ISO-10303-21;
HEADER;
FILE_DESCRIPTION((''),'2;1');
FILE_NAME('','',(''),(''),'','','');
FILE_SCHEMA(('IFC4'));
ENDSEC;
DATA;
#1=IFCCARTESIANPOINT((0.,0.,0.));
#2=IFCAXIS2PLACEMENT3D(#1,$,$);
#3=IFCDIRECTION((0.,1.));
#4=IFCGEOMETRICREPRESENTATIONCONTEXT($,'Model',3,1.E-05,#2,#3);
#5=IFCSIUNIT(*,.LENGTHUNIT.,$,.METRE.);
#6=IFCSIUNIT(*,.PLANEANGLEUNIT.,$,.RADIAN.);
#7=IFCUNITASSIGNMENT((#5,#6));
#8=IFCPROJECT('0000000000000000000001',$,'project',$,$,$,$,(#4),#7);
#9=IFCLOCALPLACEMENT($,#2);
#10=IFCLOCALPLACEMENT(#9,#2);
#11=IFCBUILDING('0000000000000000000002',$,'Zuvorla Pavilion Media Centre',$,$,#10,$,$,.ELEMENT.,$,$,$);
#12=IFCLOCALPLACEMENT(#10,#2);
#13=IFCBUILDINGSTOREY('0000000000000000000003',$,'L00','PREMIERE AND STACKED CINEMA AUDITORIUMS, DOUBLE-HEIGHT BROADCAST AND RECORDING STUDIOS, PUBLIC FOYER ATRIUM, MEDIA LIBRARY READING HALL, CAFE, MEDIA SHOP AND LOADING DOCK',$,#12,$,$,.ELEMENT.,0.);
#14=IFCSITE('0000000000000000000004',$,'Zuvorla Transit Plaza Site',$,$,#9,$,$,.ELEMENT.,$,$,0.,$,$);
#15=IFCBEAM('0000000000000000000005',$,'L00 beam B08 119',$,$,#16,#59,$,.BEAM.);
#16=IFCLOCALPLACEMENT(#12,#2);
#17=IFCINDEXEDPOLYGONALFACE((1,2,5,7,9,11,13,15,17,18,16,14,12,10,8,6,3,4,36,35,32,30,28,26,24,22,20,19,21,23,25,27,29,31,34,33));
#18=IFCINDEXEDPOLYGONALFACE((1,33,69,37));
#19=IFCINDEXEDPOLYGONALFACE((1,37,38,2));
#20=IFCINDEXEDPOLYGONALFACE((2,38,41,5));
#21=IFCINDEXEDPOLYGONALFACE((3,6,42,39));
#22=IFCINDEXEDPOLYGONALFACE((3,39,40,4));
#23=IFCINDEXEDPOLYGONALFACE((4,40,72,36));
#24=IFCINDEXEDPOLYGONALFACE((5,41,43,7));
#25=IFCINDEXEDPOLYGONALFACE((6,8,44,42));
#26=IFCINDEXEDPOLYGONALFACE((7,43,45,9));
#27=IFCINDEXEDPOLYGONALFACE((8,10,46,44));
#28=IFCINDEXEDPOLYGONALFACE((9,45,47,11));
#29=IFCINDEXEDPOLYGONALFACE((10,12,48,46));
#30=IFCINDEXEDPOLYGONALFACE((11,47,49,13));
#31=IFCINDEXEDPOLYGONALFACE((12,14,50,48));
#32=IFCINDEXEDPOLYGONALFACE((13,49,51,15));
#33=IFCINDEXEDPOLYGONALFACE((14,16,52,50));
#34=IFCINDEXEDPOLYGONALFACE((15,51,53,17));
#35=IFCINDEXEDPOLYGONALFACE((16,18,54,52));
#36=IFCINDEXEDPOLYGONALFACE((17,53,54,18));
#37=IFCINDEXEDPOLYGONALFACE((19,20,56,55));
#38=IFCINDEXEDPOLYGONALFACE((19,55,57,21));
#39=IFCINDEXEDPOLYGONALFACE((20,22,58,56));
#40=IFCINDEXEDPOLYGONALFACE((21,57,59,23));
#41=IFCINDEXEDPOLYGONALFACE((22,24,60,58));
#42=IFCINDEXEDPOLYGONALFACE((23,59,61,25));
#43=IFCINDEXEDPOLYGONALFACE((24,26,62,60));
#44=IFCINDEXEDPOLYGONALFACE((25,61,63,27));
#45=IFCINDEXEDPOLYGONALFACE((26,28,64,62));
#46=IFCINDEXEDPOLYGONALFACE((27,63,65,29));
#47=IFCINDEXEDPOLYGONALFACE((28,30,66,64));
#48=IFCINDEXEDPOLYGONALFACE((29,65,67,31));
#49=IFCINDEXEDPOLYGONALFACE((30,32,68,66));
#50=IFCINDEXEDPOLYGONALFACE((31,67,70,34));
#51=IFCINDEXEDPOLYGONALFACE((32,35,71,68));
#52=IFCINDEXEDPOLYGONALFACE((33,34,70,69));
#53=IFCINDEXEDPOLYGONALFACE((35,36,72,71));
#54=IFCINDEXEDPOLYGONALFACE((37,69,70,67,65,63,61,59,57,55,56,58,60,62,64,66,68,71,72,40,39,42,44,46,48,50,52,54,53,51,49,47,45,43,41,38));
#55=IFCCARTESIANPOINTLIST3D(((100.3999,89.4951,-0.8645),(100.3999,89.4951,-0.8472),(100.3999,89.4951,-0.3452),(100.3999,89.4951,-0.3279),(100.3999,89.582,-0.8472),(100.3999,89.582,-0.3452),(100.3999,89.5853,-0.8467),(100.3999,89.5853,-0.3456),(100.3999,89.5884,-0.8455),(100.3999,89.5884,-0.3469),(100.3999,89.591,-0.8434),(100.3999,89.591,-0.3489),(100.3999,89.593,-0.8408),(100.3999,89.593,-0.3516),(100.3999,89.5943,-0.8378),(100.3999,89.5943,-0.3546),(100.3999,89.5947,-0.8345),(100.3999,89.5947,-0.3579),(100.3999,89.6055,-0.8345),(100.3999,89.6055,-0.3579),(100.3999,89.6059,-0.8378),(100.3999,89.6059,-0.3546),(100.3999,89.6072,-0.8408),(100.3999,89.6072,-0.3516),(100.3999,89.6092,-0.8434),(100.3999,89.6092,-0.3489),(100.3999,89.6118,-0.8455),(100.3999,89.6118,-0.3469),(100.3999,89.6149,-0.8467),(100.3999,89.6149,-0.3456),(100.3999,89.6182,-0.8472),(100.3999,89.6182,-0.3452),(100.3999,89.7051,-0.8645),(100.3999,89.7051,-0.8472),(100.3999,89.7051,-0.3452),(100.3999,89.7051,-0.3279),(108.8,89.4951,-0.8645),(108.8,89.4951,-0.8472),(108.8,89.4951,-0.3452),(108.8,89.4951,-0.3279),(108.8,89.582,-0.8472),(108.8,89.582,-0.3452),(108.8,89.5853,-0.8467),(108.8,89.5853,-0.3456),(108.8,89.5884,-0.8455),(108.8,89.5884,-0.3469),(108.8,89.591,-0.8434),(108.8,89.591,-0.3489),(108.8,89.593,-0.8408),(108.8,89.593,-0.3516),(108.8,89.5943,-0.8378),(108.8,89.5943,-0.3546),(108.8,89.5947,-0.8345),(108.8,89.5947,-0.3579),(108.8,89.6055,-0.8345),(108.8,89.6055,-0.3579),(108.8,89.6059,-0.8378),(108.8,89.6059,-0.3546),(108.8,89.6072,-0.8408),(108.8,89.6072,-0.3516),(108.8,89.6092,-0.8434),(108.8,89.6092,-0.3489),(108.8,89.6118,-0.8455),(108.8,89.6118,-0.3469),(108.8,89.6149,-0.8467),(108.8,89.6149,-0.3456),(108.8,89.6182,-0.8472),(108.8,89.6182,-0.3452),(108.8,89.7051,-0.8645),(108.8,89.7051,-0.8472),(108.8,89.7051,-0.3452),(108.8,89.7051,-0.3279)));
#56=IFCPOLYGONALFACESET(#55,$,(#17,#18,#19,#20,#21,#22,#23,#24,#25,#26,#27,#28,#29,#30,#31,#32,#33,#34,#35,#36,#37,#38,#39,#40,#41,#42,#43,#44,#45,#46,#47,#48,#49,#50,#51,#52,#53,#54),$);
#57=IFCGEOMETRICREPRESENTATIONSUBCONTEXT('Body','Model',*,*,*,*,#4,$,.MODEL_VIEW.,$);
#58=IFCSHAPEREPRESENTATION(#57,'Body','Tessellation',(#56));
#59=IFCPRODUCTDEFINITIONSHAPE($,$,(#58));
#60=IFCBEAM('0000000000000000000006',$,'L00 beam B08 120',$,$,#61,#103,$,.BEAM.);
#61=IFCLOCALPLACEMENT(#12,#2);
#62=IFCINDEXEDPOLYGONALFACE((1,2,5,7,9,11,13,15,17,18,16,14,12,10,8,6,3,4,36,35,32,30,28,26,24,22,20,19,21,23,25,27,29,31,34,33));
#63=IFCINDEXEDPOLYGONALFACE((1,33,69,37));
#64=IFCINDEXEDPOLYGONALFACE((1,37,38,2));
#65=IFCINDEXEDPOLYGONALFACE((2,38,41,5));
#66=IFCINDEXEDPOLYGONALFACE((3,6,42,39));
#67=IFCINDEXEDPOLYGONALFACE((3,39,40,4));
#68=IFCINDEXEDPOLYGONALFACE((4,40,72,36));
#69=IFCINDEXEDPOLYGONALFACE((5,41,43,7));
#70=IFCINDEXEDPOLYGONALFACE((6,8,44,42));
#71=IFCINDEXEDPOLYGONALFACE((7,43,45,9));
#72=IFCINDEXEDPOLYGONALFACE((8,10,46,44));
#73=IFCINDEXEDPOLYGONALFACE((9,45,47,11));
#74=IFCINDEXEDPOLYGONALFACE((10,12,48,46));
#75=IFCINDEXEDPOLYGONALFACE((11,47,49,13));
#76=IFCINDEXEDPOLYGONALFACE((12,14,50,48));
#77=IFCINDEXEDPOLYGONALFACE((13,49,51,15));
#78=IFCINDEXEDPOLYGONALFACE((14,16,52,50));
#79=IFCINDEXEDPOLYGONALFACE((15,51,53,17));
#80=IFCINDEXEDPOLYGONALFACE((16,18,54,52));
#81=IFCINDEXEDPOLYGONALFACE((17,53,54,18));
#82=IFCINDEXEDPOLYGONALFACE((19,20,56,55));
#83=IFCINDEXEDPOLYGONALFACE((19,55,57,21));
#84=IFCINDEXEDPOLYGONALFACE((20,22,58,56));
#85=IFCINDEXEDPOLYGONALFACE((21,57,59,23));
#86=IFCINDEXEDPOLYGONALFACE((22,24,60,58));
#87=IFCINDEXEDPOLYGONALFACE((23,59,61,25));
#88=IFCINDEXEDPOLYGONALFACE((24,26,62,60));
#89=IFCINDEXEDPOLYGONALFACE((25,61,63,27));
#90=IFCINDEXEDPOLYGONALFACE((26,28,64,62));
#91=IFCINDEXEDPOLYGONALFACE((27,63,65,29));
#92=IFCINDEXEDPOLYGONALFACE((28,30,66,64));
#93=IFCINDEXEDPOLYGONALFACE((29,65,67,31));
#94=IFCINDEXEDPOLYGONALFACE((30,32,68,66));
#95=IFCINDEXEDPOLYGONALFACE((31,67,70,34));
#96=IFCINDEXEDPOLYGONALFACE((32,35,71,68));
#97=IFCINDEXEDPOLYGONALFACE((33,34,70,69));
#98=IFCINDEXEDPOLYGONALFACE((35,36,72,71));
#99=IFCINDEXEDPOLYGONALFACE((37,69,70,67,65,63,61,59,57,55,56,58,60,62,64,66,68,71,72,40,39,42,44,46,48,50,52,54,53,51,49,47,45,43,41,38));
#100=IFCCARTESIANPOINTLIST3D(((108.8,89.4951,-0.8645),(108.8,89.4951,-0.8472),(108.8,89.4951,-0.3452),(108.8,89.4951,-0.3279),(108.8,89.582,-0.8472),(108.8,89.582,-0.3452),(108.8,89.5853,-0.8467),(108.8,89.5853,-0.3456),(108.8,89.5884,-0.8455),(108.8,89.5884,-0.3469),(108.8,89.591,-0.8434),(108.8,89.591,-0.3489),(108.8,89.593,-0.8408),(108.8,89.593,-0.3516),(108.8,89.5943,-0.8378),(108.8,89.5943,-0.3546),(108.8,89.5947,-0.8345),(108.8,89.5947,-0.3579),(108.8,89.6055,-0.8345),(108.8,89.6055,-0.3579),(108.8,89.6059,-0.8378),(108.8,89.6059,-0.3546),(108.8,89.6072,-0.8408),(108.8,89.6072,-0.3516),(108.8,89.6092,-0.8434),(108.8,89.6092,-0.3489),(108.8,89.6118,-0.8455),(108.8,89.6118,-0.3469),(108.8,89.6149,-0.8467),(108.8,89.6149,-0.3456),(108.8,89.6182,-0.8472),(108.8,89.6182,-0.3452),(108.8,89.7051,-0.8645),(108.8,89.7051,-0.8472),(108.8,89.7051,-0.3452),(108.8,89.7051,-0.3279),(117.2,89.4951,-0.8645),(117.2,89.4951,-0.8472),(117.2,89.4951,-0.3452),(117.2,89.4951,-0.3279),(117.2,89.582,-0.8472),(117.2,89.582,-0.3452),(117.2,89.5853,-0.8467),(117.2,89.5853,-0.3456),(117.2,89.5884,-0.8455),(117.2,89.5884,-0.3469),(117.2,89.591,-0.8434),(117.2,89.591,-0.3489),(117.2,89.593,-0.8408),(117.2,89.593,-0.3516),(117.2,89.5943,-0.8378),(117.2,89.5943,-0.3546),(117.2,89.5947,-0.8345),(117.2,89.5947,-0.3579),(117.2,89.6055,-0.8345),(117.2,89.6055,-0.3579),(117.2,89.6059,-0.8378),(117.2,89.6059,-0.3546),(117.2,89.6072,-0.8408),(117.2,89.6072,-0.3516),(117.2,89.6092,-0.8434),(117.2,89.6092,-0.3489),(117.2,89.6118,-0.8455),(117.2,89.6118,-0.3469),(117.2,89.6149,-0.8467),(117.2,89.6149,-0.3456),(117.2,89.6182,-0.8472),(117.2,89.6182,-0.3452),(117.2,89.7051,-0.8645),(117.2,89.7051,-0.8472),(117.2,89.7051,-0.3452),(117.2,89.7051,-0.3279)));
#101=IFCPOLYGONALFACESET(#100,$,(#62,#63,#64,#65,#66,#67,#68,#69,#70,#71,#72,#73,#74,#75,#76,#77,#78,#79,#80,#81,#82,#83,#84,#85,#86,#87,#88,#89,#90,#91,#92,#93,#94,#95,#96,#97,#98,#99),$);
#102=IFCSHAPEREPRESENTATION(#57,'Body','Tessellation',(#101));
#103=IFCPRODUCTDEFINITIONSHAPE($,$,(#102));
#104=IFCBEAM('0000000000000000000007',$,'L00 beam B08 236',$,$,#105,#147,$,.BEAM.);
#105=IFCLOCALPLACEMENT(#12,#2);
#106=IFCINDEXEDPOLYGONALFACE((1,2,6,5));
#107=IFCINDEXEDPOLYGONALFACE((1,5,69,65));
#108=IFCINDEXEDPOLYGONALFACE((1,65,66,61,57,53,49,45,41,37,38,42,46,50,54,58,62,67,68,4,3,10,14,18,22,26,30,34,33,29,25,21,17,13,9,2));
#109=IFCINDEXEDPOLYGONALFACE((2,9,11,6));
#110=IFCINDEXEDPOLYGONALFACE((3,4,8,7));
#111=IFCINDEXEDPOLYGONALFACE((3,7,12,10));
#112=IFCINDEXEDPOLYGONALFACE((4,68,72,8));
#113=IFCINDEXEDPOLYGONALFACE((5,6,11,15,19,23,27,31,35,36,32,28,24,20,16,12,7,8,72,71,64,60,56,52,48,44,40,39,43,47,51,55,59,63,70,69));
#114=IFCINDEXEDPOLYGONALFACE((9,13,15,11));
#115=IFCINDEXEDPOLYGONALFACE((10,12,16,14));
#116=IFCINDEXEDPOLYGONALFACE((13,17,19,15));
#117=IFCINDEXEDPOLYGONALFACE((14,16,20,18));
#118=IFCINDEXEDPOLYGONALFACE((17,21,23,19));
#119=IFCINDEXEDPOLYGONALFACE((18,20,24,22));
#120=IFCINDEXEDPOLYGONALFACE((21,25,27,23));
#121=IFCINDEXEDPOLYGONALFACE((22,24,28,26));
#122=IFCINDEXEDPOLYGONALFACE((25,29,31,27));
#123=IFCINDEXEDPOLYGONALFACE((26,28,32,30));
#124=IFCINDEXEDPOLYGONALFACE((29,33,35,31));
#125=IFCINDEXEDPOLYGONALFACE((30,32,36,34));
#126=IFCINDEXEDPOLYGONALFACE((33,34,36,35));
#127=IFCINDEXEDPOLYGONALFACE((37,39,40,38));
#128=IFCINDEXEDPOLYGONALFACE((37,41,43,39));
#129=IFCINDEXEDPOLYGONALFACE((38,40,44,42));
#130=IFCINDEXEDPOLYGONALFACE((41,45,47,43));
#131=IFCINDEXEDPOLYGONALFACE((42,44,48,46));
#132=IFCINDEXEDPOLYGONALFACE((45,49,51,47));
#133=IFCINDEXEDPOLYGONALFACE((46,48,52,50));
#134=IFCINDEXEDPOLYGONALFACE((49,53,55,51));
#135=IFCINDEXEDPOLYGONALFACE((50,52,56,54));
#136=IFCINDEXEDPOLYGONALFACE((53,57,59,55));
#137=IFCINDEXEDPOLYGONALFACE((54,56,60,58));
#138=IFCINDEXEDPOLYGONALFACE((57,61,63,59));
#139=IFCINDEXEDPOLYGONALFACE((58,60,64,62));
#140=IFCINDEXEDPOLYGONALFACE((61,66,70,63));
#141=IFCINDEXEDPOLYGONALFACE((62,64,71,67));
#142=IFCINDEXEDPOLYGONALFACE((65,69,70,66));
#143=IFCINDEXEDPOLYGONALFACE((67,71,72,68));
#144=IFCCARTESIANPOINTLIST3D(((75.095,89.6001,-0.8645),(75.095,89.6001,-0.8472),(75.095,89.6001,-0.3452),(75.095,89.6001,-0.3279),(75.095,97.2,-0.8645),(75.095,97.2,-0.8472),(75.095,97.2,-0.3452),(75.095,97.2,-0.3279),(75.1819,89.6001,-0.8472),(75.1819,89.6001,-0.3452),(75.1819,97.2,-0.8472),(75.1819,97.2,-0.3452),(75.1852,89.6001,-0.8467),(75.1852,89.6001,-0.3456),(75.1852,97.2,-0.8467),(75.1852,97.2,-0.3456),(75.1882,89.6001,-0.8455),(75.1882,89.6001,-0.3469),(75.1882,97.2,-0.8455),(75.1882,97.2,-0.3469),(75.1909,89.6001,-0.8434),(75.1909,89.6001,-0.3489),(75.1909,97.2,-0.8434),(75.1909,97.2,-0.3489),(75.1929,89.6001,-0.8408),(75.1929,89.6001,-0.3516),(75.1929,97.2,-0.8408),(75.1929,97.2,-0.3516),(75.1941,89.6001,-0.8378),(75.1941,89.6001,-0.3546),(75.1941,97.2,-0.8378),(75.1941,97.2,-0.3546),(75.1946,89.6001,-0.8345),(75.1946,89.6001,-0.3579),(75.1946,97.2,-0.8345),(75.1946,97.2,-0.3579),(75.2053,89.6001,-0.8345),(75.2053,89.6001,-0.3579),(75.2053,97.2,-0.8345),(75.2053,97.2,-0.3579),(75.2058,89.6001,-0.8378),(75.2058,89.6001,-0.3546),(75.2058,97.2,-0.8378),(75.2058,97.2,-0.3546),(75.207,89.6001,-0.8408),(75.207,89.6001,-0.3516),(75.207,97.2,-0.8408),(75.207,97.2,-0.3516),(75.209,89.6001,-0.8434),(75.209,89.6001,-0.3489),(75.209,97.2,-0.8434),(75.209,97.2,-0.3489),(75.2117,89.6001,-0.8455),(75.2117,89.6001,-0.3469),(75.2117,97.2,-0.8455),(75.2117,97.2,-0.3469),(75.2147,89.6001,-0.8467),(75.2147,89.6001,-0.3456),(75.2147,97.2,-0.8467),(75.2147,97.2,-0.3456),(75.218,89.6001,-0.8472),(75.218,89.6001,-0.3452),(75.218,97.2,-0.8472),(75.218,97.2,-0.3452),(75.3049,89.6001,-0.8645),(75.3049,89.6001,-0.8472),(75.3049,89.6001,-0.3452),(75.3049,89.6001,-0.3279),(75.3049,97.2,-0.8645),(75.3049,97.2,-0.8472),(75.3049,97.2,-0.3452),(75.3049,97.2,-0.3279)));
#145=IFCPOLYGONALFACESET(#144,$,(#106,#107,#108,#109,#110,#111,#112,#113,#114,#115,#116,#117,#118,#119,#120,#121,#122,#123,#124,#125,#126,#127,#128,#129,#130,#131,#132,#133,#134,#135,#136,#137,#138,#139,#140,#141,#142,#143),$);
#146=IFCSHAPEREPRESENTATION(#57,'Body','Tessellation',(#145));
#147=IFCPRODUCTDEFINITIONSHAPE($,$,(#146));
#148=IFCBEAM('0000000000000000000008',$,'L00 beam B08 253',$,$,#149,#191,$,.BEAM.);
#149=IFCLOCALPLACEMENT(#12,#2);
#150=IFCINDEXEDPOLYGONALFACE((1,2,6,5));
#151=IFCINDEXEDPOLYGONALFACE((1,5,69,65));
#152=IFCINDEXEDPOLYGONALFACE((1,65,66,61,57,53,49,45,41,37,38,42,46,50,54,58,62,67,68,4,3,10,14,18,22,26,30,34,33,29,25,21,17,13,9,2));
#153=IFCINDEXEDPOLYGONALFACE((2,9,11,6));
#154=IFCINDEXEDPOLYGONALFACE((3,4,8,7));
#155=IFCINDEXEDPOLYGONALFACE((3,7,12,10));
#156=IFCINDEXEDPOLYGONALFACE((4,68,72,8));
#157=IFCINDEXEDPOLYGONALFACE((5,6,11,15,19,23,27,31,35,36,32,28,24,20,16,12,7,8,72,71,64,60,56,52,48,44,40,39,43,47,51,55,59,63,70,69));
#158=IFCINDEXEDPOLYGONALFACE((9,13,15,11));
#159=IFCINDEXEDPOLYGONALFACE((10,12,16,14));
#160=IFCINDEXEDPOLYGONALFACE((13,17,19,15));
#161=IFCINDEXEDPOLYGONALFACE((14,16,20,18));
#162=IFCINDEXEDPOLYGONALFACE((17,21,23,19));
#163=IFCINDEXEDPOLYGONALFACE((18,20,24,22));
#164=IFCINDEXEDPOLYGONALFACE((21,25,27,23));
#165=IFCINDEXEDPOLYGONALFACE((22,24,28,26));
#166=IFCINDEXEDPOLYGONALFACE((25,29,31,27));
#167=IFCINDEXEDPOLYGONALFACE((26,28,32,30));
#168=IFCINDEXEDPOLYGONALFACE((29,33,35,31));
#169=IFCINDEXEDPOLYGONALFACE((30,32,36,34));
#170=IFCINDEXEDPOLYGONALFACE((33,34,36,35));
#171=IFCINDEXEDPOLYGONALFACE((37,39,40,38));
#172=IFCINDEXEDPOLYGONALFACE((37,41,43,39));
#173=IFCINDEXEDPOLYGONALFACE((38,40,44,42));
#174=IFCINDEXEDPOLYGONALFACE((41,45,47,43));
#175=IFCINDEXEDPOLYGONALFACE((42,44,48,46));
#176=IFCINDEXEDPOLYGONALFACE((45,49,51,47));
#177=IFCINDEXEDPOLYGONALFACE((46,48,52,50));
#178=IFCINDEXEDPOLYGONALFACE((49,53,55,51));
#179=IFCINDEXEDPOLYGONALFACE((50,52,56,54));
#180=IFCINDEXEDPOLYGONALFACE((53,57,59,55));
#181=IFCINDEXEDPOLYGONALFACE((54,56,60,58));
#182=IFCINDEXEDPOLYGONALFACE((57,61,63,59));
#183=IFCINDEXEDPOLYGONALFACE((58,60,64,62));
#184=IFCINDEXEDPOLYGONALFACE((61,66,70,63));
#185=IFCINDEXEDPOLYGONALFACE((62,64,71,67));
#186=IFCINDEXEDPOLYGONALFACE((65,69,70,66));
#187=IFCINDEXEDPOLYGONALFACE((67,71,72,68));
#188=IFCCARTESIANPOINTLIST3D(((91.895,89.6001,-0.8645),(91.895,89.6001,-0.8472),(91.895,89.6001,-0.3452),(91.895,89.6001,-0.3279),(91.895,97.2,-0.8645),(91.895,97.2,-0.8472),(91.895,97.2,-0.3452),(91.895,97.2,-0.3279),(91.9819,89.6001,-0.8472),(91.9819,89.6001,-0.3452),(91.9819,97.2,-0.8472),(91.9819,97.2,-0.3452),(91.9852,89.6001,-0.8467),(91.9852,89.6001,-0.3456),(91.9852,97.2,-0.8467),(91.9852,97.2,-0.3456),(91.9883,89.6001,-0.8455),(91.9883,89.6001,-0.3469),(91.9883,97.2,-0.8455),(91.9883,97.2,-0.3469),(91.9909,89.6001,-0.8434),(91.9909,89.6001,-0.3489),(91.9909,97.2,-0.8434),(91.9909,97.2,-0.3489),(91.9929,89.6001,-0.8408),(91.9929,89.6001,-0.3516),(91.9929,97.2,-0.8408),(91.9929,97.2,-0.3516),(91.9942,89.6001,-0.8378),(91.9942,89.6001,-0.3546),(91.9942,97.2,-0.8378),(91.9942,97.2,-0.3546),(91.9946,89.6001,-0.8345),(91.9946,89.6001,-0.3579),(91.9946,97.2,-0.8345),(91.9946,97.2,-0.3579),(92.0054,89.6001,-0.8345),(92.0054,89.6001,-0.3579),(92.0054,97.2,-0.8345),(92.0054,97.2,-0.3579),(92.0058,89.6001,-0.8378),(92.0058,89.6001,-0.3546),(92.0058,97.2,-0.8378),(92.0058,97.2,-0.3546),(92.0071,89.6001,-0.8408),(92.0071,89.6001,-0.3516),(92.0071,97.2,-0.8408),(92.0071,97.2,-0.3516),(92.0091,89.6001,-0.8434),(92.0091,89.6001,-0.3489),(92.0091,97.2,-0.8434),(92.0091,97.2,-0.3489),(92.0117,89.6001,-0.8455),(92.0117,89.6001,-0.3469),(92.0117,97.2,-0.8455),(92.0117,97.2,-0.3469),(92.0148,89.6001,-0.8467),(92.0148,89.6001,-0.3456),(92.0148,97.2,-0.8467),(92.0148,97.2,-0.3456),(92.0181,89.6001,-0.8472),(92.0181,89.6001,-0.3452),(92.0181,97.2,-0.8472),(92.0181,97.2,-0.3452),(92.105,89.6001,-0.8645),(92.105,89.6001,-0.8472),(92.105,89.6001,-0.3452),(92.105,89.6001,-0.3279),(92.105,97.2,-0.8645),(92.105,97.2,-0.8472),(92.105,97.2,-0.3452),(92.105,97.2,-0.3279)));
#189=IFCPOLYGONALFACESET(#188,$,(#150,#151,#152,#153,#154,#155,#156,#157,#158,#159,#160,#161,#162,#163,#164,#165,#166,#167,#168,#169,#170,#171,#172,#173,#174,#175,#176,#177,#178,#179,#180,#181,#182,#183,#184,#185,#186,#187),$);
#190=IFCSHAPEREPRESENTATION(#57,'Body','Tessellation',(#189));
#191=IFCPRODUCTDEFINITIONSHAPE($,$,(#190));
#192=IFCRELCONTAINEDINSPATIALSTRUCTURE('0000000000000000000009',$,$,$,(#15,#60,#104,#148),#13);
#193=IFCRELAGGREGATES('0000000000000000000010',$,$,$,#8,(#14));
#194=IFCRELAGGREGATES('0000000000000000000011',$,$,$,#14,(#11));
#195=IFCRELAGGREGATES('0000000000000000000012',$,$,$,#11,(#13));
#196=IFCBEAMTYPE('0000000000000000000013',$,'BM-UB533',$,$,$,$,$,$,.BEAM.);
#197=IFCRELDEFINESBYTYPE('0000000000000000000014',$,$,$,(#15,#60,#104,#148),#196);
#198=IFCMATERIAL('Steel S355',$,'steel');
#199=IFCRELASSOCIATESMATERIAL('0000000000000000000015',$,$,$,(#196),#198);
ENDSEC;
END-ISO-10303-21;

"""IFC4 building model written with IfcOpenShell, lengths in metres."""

from ifc_helpers import new_model, si_unit, direction, frame, origin, origin_2d, place, context, subcontext, project, spatial, i_section, extrude, material, material_profile, profile_set, type_object, element, save


model = new_model("IFC4")

# Units and contexts
model_context = context("Model", 3, precision=1e-05, world=origin(), true_north=direction((0.0, 1.0)))
body_context = subcontext(model_context, "Body", "Model", "MODEL_VIEW")
ifc_project = project(units=[si_unit("LENGTHUNIT", "METRE"), si_unit("PLANEANGLEUNIT", "RADIAN")], contexts=[model_context])

# Site, building, storey
site_placement = place(None, origin())
site = spatial("IfcSite", under=ifc_project, at=site_placement, Name="Zuvorla Transit Plaza Site", CompositionType="ELEMENT", RefElevation=0.0)
building_placement = place(site_placement, origin())
building = spatial("IfcBuilding", under=site, at=building_placement, Name="Zuvorla Pavilion Media Centre", CompositionType="ELEMENT")
storey_placement = place(building_placement, origin())
storey = spatial("IfcBuildingStorey", under=building, at=storey_placement, Name="L00", Description="PREMIERE AND STACKED CINEMA AUDITORIUMS, DOUBLE-HEIGHT BROADCAST AND RECORDING STUDIOS, PUBLIC FOYER ATRIUM, MEDIA LIBRARY READING HALL, CAFE, MEDIA SHOP AND LOADING DOCK", CompositionType="ELEMENT", Elevation=0.0)

# Beams
ifc_material_1 = material(Name="Steel S355", Category="steel")
ifc_material_profile_1 = material_profile(ifc_material_1, i_section(OverallWidth=0.21, OverallDepth=0.5366, WebThickness=0.0107, FlangeThickness=0.0173, FilletRadius=0.0127, at=origin_2d()), Name="UB 533x210x101")
ifc_profile_set_1 = profile_set([ifc_material_profile_1], Name="Steel S355")
beam_type_1 = type_object("IfcBeamType", Name="BM-UB533", PredefinedType="BEAM", material=ifc_profile_set_1)
beam_1_placement = place(storey_placement, frame((100.3999, 89.6001, -0.5962), z_axis=(1.0, 0.0, 0.0), x_axis=(0.0, 1.0, 0.0)))
element("IfcBeam", 1, at=beam_1_placement, inside=storey, type_object=beam_type_1, Name="L00 beam B08 119", PredefinedType="BEAM", context=body_context, shape_type="SweptSolid", body=[
    extrude(i_section(OverallWidth=0.21, OverallDepth=0.5366, WebThickness=0.0107, FlangeThickness=0.0173, FilletRadius=0.0127, at=origin_2d()), origin(), (0.0, 0.0, 1.0), 8.4001),
])
beam_2_placement = place(storey_placement, frame((108.8, 89.6001, -0.5962), z_axis=(1.0, 0.0, 0.0), x_axis=(0.0, 1.0, 0.0)))
element("IfcBeam", 2, at=beam_2_placement, inside=storey, type_object=beam_type_1, Name="L00 beam B08 120", PredefinedType="BEAM", context=body_context, shape_type="SweptSolid", body=[
    extrude(i_section(OverallWidth=0.21, OverallDepth=0.5366, WebThickness=0.0107, FlangeThickness=0.0173, FilletRadius=0.0127, at=origin_2d()), origin(), (0.0, 0.0, 1.0), 8.3999),
])
for number, where, z_axis, x_axis, name in (
    (3, (75.2, 89.6001, -0.5962), (0.0, 1.0, 0.0), (-1.0, 0.0, 0.0), "L00 beam B08 236"),
    (4, (92.0, 89.6001, -0.5962), (0.0, 1.0, 0.0), (-1.0, 0.0, 0.0), "L00 beam B08 253"),
):
    element("IfcBeam", number, at=place(storey_placement, frame(where, z_axis=z_axis, x_axis=x_axis)), inside=storey, type_object=beam_type_1, Name=name, PredefinedType="BEAM", context=body_context, shape_type="SweptSolid", body=[
        extrude(i_section(OverallWidth=0.21, OverallDepth=0.5366, WebThickness=0.0107, FlangeThickness=0.0173, FilletRadius=0.0127, at=origin_2d()), origin(), (0.0, 0.0, 1.0), 7.5999),
    ])

save(model, "model.ifc")
